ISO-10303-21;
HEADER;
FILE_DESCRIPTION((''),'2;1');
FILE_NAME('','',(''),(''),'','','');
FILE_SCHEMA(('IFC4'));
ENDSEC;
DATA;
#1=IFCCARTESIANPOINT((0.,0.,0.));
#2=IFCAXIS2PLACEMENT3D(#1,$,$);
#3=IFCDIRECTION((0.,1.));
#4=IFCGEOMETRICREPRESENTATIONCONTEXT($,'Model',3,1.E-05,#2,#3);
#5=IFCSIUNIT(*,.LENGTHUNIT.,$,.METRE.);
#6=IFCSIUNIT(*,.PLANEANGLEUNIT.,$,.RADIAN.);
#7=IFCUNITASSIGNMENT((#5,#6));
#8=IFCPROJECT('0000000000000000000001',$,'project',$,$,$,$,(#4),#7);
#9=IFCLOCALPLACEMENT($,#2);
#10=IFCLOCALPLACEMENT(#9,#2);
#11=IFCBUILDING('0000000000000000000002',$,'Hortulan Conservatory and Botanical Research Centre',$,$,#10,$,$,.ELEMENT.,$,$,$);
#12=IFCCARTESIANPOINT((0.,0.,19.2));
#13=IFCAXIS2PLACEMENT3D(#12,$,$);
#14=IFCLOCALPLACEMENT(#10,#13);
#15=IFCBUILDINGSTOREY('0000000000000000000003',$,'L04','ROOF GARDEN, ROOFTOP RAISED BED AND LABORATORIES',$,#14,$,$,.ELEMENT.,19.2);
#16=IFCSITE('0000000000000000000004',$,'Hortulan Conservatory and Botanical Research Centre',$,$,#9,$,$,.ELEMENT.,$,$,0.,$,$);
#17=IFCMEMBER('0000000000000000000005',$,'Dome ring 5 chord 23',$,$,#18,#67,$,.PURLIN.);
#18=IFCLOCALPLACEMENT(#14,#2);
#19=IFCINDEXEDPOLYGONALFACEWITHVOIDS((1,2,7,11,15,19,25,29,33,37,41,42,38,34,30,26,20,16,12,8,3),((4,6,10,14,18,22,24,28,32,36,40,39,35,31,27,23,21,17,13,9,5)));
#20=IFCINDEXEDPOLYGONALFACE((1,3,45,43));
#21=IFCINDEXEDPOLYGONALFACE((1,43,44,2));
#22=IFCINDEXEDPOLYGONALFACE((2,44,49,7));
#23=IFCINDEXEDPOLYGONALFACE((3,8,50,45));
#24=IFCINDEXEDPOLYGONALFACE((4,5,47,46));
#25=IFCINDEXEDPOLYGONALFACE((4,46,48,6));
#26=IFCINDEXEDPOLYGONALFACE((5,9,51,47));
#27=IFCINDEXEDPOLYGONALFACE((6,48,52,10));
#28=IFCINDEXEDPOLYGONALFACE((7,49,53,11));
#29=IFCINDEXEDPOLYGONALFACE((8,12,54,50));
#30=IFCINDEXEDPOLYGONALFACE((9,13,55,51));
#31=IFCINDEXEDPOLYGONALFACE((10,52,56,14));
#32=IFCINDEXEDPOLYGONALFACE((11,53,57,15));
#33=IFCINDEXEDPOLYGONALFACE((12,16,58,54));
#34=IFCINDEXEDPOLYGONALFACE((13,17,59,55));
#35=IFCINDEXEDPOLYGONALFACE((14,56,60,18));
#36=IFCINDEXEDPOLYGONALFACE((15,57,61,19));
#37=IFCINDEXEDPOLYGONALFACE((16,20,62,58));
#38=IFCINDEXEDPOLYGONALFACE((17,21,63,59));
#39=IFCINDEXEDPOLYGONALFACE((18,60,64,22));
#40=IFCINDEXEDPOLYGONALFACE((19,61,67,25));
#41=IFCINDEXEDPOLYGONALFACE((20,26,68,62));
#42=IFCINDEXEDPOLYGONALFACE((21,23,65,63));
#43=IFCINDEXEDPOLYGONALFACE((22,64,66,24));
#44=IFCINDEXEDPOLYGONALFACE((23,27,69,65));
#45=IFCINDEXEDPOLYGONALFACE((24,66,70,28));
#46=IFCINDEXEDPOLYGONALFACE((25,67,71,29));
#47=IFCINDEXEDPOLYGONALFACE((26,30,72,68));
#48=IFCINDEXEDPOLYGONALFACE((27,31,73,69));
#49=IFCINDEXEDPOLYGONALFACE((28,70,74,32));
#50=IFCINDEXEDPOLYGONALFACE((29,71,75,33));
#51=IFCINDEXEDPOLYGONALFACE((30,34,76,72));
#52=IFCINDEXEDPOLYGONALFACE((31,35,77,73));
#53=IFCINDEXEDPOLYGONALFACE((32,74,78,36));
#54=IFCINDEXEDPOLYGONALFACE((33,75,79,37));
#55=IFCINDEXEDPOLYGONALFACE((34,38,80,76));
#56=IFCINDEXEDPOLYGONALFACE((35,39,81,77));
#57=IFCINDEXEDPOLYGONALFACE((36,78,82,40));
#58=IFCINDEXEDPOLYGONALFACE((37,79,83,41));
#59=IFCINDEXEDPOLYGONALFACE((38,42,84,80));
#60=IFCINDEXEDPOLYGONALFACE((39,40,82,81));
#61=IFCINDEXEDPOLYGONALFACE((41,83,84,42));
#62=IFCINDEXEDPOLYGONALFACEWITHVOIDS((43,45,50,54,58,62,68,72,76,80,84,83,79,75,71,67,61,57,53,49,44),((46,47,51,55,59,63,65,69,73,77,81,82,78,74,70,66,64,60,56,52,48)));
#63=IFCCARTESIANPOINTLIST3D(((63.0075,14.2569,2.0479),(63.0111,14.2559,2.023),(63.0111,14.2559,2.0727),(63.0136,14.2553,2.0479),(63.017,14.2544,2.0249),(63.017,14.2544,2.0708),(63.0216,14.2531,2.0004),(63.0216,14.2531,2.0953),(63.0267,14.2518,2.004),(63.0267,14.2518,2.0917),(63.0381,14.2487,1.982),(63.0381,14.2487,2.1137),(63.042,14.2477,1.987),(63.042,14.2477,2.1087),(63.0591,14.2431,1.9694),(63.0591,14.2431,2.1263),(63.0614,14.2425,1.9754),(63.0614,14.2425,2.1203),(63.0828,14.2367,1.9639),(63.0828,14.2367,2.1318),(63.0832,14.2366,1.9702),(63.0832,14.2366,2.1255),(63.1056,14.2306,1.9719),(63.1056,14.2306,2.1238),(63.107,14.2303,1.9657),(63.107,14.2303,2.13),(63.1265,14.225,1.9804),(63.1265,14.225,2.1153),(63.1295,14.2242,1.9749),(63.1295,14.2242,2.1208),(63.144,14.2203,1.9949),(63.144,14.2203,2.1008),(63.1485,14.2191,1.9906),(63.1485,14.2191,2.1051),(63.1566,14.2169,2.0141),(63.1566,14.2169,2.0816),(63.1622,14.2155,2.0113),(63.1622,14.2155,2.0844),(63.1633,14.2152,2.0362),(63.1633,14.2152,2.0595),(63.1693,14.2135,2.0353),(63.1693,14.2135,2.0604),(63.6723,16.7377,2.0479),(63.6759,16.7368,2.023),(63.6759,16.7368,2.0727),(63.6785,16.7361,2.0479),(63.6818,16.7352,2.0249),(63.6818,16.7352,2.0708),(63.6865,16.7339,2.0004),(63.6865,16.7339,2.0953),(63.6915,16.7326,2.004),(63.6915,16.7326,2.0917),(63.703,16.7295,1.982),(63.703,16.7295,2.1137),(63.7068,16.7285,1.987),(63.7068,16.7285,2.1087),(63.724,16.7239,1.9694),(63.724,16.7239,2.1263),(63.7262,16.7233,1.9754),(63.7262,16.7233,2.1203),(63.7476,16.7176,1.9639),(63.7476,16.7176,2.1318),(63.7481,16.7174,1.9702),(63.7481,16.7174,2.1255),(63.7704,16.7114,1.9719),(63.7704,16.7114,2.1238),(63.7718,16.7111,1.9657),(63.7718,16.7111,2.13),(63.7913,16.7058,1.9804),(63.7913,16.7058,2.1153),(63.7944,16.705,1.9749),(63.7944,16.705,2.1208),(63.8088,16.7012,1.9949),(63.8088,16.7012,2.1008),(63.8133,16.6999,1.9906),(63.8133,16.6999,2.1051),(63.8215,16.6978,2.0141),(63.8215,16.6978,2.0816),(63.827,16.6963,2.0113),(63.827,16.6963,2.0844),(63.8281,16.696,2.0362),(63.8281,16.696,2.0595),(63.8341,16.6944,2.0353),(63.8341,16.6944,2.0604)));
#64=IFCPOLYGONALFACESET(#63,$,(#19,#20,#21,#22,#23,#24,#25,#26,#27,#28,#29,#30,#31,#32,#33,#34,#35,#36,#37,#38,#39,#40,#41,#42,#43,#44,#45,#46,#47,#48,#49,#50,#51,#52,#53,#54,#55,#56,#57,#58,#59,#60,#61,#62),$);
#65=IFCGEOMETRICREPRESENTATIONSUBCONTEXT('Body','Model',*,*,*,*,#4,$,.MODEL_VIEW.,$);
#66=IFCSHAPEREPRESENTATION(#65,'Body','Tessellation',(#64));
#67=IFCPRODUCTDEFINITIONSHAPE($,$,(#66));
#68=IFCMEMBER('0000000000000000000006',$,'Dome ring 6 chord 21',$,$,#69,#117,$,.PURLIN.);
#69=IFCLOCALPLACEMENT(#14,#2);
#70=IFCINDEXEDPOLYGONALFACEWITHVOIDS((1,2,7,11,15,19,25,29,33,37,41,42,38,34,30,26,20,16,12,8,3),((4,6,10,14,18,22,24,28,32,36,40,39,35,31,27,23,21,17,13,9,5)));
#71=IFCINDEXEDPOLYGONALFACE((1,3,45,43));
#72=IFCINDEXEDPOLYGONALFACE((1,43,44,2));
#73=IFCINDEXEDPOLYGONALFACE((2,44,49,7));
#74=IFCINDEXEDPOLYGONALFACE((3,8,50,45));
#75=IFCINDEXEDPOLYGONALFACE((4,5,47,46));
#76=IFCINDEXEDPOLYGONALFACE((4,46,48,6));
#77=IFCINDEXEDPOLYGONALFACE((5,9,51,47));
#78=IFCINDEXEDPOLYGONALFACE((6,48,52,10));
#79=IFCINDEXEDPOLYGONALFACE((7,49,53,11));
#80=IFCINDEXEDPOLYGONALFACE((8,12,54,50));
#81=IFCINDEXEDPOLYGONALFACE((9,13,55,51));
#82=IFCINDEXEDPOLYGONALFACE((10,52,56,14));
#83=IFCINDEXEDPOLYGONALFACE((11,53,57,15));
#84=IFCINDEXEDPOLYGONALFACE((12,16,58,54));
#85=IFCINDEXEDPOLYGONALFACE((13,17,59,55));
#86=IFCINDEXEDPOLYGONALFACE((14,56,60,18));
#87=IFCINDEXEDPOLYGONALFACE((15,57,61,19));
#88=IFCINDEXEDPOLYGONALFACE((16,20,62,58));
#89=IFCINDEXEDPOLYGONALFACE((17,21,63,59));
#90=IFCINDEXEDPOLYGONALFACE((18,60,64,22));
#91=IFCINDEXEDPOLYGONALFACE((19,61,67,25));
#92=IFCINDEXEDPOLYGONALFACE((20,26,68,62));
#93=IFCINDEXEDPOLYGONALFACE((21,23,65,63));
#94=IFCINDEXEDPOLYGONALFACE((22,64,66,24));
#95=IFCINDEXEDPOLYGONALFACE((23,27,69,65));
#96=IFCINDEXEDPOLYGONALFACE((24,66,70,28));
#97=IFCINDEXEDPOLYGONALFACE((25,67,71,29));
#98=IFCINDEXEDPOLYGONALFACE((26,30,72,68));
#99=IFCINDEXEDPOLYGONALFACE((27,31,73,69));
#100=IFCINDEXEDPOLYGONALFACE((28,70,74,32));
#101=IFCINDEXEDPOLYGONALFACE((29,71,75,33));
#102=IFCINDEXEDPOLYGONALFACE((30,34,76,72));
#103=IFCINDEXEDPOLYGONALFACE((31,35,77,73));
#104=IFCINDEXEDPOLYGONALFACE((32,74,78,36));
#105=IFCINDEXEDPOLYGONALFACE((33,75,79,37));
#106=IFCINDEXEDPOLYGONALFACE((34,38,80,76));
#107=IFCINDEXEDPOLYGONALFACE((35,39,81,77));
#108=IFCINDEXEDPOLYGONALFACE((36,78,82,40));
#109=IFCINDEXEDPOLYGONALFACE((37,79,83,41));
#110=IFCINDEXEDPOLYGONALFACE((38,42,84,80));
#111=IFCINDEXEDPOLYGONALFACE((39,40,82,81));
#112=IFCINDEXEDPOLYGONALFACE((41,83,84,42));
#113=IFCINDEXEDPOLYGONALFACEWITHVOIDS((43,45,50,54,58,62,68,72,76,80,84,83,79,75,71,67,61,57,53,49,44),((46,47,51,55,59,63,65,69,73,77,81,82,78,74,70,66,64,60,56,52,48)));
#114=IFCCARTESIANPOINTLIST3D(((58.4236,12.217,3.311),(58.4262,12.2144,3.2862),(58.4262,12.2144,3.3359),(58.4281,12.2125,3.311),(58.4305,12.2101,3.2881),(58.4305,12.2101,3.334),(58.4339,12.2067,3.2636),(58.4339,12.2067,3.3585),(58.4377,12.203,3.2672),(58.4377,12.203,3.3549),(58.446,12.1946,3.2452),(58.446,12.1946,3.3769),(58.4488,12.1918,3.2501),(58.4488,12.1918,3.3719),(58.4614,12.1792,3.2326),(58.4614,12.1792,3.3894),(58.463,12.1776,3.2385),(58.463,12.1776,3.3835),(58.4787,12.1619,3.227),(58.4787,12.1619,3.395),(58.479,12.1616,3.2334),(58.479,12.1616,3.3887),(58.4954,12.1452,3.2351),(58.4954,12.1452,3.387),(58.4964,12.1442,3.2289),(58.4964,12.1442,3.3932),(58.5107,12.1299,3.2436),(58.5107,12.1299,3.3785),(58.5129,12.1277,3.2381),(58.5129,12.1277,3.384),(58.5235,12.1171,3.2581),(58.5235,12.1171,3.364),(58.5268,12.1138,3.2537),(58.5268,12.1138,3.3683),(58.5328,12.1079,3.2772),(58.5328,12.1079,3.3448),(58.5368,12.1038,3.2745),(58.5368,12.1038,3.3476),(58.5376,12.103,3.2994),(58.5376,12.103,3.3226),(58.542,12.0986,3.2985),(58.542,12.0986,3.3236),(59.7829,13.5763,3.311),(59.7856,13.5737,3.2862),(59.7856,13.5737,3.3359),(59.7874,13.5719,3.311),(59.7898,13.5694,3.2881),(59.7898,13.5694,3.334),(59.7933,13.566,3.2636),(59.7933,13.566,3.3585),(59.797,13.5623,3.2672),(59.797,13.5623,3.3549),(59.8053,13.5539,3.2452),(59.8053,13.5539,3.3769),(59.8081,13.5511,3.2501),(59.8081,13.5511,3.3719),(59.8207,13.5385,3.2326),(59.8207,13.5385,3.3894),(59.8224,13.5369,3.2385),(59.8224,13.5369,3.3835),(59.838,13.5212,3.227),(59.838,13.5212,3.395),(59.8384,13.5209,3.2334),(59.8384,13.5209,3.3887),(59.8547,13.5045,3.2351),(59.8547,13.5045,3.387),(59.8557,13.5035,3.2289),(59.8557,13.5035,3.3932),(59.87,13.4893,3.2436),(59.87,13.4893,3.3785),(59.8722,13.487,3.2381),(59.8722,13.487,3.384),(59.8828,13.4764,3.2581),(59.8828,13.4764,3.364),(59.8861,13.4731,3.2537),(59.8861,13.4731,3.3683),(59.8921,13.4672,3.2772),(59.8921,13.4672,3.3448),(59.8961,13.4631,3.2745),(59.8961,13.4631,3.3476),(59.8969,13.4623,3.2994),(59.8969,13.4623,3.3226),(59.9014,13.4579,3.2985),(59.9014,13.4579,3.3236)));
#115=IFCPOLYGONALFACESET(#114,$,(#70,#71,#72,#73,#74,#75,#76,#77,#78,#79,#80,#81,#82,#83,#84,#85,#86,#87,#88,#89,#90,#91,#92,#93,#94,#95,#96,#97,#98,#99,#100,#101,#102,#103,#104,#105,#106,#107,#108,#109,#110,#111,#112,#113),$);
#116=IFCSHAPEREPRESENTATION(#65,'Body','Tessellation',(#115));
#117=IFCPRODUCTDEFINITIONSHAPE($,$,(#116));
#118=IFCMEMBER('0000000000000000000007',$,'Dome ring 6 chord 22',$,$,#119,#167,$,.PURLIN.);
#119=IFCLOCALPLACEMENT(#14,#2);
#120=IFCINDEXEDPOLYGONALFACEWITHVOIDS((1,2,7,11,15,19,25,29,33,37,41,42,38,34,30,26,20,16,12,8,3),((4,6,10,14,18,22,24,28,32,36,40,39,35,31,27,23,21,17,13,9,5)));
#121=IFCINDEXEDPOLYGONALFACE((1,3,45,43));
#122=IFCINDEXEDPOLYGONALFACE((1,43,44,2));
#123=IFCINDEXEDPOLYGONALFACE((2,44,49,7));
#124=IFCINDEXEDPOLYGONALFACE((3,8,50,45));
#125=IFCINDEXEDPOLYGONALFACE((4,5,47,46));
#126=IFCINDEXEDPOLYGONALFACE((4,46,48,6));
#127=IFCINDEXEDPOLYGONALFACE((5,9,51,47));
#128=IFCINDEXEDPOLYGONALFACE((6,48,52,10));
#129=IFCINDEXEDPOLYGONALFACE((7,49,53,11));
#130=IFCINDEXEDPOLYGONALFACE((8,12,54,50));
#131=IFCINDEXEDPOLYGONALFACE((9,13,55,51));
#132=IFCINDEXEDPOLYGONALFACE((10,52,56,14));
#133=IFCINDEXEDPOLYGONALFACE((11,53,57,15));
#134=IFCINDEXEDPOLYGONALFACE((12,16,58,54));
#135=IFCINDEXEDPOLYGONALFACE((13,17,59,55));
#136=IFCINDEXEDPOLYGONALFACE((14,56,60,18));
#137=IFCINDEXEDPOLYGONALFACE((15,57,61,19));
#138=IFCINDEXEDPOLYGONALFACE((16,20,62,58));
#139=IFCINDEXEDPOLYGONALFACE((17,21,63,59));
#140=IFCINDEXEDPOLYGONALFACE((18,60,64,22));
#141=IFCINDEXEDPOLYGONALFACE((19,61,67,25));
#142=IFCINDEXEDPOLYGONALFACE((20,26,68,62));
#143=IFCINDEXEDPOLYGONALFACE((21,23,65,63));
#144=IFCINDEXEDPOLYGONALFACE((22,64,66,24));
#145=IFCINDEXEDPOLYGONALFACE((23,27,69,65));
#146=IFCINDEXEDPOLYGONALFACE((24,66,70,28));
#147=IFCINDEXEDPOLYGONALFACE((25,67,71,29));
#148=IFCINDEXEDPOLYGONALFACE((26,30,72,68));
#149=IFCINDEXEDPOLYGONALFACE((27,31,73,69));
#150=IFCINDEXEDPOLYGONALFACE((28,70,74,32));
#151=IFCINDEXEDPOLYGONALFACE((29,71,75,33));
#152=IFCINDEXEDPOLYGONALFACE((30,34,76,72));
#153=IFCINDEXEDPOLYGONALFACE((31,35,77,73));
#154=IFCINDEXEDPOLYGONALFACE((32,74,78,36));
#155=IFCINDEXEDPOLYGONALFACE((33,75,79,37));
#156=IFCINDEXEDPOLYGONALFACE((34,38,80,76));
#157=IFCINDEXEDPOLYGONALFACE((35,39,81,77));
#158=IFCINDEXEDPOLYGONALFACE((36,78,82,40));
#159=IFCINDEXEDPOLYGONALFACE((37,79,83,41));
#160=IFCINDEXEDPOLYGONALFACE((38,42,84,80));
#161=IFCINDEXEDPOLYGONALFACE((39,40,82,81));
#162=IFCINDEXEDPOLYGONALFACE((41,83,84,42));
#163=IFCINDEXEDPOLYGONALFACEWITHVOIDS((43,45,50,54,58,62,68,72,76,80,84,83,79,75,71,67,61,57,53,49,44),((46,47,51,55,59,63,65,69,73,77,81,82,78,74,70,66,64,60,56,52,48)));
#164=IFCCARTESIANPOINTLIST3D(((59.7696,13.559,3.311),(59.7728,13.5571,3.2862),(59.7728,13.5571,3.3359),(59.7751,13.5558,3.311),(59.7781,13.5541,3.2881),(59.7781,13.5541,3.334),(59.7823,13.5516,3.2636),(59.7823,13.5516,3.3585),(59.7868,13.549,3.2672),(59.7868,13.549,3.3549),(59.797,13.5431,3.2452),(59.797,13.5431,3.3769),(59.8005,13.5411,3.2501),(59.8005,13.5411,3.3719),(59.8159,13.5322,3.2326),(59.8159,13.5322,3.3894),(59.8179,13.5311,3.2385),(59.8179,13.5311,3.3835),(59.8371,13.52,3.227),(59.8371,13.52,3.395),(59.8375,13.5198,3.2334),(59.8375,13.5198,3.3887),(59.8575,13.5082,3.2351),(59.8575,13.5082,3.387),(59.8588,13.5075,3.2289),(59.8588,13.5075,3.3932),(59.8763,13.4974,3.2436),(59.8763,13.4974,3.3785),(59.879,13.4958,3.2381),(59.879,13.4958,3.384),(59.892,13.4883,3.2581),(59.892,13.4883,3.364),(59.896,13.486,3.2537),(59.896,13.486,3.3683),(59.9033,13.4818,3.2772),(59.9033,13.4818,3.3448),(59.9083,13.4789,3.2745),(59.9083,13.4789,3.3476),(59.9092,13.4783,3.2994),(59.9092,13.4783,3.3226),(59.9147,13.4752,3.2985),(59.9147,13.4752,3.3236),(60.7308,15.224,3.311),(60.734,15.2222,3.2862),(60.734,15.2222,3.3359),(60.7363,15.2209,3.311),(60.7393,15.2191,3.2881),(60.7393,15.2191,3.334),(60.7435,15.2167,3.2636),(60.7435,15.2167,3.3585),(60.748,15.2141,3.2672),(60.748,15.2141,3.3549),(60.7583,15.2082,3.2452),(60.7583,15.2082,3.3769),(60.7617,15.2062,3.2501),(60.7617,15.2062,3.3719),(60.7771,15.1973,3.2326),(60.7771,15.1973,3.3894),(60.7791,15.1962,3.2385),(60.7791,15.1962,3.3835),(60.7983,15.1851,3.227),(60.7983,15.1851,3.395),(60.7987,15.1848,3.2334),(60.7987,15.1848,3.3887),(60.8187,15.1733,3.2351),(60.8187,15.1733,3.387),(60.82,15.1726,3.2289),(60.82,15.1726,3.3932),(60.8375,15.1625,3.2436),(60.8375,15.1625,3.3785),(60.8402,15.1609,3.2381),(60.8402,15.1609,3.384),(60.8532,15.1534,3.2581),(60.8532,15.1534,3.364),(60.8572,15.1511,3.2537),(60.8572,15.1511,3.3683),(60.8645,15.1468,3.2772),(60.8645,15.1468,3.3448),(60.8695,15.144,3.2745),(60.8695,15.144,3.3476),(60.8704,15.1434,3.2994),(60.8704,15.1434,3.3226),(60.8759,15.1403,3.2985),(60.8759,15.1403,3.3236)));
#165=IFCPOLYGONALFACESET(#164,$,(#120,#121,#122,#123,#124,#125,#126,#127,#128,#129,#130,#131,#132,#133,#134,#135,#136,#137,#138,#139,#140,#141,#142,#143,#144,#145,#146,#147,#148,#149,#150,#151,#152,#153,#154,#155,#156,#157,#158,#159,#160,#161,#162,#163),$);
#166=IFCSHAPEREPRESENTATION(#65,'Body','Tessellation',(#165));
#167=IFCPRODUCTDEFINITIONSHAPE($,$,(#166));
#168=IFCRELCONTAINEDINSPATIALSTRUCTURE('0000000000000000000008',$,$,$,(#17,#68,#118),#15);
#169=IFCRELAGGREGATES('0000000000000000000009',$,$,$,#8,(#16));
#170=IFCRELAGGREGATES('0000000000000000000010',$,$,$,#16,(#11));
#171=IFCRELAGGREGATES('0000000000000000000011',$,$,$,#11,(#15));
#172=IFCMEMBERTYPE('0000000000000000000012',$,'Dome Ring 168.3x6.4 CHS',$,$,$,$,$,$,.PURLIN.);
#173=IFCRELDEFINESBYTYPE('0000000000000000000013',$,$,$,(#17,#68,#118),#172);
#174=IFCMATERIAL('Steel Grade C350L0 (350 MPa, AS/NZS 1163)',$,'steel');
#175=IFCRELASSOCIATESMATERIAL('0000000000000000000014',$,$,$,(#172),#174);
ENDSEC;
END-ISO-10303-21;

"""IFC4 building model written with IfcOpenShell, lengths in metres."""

from ifc_helpers import new_model, si_unit, direction, frame, origin, origin_2d, place, context, subcontext, project, spatial, hollow_circle, extrude, material, material_profile, profile_set, type_object, element, save


model = new_model("IFC4")

# Units and contexts
model_context = context("Model", 3, precision=1e-05, world=origin(), true_north=direction((0.0, 1.0)))
body_context = subcontext(model_context, "Body", "Model", "MODEL_VIEW")
ifc_project = project(units=[si_unit("LENGTHUNIT", "METRE"), si_unit("PLANEANGLEUNIT", "RADIAN")], contexts=[model_context])

# Site, building, storey
site_placement = place(None, origin())
site = spatial("IfcSite", under=ifc_project, at=site_placement, Name="Hortulan Conservatory and Botanical Research Centre", CompositionType="ELEMENT", RefElevation=0.0)
building_placement = place(site_placement, origin())
building = spatial("IfcBuilding", under=site, at=building_placement, Name="Hortulan Conservatory and Botanical Research Centre", CompositionType="ELEMENT")
storey_placement = place(building_placement, frame((0.0, 0.0, 19.2)))
storey = spatial("IfcBuildingStorey", under=building, at=storey_placement, Name="L04", Description="ROOF GARDEN, ROOFTOP RAISED BED AND LABORATORIES", CompositionType="ELEMENT", Elevation=19.2)

# Shared definitions
ifc_material_1 = material(Name="Steel Grade C350L0 (350 MPa, AS/NZS 1163)", Category="steel")

# Members
ifc_material_profile_1 = material_profile(ifc_material_1, hollow_circle(Radius=0.0842, WallThickness=0.0063, at=origin_2d()), Name="168.3x6.4CHS")
ifc_profile_set_1 = profile_set([ifc_material_profile_1], Name="Steel Grade C350L0 (350 MPa, AS/NZS 1163)")
member_type_1 = type_object("IfcMemberType", Name="Dome Ring 168.3x6.4 CHS", PredefinedType="PURLIN", material=ifc_profile_set_1)
member_1_placement = place(storey_placement, frame((63.0889, 14.2351, 2.0479), z_axis=(0.258852, 0.965917, 0.0), x_axis=(-0.965917, 0.258852, 0.0)))
element("IfcMember", 1, at=member_1_placement, inside=storey, type_object=member_type_1, Name="Dome ring 5 chord 23", PredefinedType="PURLIN", context=body_context, shape_type="SweptSolid", body=[
    extrude(hollow_circle(Radius=0.0842, WallThickness=0.0063, at=origin_2d()), origin(), (0.0, 0.0, 1.0), 2.5684),
])
member_2_placement = place(storey_placement, frame((58.4832, 12.1575, 3.311), z_axis=(0.707107, 0.707107, 0.0), x_axis=(-0.707107, 0.707107, 0.0)))
element("IfcMember", 2, at=member_2_placement, inside=storey, type_object=member_type_1, Name="Dome ring 6 chord 21", PredefinedType="PURLIN", context=body_context, shape_type="SweptSolid", body=[
    extrude(hollow_circle(Radius=0.0842, WallThickness=0.0063, at=origin_2d()), origin(), (0.0, 0.0, 1.0), 1.9224),
])
for number, where, z_axis, x_axis, name in (
    (3, (59.8425, 13.5168, 3.311), (0.49995, 0.866054, 0.0), (-0.866054, 0.49995, 0.0), "Dome ring 6 chord 22"),
):
    element("IfcMember", number, at=place(storey_placement, frame(where, z_axis=z_axis, x_axis=x_axis)), inside=storey, type_object=member_type_1, Name=name, PredefinedType="PURLIN", context=body_context, shape_type="SweptSolid", body=[
        extrude(hollow_circle(Radius=0.0842, WallThickness=0.0063, at=origin_2d()), origin(), (0.0, 0.0, 1.0), 1.9226),
    ])

save(model, "model.ifc")
